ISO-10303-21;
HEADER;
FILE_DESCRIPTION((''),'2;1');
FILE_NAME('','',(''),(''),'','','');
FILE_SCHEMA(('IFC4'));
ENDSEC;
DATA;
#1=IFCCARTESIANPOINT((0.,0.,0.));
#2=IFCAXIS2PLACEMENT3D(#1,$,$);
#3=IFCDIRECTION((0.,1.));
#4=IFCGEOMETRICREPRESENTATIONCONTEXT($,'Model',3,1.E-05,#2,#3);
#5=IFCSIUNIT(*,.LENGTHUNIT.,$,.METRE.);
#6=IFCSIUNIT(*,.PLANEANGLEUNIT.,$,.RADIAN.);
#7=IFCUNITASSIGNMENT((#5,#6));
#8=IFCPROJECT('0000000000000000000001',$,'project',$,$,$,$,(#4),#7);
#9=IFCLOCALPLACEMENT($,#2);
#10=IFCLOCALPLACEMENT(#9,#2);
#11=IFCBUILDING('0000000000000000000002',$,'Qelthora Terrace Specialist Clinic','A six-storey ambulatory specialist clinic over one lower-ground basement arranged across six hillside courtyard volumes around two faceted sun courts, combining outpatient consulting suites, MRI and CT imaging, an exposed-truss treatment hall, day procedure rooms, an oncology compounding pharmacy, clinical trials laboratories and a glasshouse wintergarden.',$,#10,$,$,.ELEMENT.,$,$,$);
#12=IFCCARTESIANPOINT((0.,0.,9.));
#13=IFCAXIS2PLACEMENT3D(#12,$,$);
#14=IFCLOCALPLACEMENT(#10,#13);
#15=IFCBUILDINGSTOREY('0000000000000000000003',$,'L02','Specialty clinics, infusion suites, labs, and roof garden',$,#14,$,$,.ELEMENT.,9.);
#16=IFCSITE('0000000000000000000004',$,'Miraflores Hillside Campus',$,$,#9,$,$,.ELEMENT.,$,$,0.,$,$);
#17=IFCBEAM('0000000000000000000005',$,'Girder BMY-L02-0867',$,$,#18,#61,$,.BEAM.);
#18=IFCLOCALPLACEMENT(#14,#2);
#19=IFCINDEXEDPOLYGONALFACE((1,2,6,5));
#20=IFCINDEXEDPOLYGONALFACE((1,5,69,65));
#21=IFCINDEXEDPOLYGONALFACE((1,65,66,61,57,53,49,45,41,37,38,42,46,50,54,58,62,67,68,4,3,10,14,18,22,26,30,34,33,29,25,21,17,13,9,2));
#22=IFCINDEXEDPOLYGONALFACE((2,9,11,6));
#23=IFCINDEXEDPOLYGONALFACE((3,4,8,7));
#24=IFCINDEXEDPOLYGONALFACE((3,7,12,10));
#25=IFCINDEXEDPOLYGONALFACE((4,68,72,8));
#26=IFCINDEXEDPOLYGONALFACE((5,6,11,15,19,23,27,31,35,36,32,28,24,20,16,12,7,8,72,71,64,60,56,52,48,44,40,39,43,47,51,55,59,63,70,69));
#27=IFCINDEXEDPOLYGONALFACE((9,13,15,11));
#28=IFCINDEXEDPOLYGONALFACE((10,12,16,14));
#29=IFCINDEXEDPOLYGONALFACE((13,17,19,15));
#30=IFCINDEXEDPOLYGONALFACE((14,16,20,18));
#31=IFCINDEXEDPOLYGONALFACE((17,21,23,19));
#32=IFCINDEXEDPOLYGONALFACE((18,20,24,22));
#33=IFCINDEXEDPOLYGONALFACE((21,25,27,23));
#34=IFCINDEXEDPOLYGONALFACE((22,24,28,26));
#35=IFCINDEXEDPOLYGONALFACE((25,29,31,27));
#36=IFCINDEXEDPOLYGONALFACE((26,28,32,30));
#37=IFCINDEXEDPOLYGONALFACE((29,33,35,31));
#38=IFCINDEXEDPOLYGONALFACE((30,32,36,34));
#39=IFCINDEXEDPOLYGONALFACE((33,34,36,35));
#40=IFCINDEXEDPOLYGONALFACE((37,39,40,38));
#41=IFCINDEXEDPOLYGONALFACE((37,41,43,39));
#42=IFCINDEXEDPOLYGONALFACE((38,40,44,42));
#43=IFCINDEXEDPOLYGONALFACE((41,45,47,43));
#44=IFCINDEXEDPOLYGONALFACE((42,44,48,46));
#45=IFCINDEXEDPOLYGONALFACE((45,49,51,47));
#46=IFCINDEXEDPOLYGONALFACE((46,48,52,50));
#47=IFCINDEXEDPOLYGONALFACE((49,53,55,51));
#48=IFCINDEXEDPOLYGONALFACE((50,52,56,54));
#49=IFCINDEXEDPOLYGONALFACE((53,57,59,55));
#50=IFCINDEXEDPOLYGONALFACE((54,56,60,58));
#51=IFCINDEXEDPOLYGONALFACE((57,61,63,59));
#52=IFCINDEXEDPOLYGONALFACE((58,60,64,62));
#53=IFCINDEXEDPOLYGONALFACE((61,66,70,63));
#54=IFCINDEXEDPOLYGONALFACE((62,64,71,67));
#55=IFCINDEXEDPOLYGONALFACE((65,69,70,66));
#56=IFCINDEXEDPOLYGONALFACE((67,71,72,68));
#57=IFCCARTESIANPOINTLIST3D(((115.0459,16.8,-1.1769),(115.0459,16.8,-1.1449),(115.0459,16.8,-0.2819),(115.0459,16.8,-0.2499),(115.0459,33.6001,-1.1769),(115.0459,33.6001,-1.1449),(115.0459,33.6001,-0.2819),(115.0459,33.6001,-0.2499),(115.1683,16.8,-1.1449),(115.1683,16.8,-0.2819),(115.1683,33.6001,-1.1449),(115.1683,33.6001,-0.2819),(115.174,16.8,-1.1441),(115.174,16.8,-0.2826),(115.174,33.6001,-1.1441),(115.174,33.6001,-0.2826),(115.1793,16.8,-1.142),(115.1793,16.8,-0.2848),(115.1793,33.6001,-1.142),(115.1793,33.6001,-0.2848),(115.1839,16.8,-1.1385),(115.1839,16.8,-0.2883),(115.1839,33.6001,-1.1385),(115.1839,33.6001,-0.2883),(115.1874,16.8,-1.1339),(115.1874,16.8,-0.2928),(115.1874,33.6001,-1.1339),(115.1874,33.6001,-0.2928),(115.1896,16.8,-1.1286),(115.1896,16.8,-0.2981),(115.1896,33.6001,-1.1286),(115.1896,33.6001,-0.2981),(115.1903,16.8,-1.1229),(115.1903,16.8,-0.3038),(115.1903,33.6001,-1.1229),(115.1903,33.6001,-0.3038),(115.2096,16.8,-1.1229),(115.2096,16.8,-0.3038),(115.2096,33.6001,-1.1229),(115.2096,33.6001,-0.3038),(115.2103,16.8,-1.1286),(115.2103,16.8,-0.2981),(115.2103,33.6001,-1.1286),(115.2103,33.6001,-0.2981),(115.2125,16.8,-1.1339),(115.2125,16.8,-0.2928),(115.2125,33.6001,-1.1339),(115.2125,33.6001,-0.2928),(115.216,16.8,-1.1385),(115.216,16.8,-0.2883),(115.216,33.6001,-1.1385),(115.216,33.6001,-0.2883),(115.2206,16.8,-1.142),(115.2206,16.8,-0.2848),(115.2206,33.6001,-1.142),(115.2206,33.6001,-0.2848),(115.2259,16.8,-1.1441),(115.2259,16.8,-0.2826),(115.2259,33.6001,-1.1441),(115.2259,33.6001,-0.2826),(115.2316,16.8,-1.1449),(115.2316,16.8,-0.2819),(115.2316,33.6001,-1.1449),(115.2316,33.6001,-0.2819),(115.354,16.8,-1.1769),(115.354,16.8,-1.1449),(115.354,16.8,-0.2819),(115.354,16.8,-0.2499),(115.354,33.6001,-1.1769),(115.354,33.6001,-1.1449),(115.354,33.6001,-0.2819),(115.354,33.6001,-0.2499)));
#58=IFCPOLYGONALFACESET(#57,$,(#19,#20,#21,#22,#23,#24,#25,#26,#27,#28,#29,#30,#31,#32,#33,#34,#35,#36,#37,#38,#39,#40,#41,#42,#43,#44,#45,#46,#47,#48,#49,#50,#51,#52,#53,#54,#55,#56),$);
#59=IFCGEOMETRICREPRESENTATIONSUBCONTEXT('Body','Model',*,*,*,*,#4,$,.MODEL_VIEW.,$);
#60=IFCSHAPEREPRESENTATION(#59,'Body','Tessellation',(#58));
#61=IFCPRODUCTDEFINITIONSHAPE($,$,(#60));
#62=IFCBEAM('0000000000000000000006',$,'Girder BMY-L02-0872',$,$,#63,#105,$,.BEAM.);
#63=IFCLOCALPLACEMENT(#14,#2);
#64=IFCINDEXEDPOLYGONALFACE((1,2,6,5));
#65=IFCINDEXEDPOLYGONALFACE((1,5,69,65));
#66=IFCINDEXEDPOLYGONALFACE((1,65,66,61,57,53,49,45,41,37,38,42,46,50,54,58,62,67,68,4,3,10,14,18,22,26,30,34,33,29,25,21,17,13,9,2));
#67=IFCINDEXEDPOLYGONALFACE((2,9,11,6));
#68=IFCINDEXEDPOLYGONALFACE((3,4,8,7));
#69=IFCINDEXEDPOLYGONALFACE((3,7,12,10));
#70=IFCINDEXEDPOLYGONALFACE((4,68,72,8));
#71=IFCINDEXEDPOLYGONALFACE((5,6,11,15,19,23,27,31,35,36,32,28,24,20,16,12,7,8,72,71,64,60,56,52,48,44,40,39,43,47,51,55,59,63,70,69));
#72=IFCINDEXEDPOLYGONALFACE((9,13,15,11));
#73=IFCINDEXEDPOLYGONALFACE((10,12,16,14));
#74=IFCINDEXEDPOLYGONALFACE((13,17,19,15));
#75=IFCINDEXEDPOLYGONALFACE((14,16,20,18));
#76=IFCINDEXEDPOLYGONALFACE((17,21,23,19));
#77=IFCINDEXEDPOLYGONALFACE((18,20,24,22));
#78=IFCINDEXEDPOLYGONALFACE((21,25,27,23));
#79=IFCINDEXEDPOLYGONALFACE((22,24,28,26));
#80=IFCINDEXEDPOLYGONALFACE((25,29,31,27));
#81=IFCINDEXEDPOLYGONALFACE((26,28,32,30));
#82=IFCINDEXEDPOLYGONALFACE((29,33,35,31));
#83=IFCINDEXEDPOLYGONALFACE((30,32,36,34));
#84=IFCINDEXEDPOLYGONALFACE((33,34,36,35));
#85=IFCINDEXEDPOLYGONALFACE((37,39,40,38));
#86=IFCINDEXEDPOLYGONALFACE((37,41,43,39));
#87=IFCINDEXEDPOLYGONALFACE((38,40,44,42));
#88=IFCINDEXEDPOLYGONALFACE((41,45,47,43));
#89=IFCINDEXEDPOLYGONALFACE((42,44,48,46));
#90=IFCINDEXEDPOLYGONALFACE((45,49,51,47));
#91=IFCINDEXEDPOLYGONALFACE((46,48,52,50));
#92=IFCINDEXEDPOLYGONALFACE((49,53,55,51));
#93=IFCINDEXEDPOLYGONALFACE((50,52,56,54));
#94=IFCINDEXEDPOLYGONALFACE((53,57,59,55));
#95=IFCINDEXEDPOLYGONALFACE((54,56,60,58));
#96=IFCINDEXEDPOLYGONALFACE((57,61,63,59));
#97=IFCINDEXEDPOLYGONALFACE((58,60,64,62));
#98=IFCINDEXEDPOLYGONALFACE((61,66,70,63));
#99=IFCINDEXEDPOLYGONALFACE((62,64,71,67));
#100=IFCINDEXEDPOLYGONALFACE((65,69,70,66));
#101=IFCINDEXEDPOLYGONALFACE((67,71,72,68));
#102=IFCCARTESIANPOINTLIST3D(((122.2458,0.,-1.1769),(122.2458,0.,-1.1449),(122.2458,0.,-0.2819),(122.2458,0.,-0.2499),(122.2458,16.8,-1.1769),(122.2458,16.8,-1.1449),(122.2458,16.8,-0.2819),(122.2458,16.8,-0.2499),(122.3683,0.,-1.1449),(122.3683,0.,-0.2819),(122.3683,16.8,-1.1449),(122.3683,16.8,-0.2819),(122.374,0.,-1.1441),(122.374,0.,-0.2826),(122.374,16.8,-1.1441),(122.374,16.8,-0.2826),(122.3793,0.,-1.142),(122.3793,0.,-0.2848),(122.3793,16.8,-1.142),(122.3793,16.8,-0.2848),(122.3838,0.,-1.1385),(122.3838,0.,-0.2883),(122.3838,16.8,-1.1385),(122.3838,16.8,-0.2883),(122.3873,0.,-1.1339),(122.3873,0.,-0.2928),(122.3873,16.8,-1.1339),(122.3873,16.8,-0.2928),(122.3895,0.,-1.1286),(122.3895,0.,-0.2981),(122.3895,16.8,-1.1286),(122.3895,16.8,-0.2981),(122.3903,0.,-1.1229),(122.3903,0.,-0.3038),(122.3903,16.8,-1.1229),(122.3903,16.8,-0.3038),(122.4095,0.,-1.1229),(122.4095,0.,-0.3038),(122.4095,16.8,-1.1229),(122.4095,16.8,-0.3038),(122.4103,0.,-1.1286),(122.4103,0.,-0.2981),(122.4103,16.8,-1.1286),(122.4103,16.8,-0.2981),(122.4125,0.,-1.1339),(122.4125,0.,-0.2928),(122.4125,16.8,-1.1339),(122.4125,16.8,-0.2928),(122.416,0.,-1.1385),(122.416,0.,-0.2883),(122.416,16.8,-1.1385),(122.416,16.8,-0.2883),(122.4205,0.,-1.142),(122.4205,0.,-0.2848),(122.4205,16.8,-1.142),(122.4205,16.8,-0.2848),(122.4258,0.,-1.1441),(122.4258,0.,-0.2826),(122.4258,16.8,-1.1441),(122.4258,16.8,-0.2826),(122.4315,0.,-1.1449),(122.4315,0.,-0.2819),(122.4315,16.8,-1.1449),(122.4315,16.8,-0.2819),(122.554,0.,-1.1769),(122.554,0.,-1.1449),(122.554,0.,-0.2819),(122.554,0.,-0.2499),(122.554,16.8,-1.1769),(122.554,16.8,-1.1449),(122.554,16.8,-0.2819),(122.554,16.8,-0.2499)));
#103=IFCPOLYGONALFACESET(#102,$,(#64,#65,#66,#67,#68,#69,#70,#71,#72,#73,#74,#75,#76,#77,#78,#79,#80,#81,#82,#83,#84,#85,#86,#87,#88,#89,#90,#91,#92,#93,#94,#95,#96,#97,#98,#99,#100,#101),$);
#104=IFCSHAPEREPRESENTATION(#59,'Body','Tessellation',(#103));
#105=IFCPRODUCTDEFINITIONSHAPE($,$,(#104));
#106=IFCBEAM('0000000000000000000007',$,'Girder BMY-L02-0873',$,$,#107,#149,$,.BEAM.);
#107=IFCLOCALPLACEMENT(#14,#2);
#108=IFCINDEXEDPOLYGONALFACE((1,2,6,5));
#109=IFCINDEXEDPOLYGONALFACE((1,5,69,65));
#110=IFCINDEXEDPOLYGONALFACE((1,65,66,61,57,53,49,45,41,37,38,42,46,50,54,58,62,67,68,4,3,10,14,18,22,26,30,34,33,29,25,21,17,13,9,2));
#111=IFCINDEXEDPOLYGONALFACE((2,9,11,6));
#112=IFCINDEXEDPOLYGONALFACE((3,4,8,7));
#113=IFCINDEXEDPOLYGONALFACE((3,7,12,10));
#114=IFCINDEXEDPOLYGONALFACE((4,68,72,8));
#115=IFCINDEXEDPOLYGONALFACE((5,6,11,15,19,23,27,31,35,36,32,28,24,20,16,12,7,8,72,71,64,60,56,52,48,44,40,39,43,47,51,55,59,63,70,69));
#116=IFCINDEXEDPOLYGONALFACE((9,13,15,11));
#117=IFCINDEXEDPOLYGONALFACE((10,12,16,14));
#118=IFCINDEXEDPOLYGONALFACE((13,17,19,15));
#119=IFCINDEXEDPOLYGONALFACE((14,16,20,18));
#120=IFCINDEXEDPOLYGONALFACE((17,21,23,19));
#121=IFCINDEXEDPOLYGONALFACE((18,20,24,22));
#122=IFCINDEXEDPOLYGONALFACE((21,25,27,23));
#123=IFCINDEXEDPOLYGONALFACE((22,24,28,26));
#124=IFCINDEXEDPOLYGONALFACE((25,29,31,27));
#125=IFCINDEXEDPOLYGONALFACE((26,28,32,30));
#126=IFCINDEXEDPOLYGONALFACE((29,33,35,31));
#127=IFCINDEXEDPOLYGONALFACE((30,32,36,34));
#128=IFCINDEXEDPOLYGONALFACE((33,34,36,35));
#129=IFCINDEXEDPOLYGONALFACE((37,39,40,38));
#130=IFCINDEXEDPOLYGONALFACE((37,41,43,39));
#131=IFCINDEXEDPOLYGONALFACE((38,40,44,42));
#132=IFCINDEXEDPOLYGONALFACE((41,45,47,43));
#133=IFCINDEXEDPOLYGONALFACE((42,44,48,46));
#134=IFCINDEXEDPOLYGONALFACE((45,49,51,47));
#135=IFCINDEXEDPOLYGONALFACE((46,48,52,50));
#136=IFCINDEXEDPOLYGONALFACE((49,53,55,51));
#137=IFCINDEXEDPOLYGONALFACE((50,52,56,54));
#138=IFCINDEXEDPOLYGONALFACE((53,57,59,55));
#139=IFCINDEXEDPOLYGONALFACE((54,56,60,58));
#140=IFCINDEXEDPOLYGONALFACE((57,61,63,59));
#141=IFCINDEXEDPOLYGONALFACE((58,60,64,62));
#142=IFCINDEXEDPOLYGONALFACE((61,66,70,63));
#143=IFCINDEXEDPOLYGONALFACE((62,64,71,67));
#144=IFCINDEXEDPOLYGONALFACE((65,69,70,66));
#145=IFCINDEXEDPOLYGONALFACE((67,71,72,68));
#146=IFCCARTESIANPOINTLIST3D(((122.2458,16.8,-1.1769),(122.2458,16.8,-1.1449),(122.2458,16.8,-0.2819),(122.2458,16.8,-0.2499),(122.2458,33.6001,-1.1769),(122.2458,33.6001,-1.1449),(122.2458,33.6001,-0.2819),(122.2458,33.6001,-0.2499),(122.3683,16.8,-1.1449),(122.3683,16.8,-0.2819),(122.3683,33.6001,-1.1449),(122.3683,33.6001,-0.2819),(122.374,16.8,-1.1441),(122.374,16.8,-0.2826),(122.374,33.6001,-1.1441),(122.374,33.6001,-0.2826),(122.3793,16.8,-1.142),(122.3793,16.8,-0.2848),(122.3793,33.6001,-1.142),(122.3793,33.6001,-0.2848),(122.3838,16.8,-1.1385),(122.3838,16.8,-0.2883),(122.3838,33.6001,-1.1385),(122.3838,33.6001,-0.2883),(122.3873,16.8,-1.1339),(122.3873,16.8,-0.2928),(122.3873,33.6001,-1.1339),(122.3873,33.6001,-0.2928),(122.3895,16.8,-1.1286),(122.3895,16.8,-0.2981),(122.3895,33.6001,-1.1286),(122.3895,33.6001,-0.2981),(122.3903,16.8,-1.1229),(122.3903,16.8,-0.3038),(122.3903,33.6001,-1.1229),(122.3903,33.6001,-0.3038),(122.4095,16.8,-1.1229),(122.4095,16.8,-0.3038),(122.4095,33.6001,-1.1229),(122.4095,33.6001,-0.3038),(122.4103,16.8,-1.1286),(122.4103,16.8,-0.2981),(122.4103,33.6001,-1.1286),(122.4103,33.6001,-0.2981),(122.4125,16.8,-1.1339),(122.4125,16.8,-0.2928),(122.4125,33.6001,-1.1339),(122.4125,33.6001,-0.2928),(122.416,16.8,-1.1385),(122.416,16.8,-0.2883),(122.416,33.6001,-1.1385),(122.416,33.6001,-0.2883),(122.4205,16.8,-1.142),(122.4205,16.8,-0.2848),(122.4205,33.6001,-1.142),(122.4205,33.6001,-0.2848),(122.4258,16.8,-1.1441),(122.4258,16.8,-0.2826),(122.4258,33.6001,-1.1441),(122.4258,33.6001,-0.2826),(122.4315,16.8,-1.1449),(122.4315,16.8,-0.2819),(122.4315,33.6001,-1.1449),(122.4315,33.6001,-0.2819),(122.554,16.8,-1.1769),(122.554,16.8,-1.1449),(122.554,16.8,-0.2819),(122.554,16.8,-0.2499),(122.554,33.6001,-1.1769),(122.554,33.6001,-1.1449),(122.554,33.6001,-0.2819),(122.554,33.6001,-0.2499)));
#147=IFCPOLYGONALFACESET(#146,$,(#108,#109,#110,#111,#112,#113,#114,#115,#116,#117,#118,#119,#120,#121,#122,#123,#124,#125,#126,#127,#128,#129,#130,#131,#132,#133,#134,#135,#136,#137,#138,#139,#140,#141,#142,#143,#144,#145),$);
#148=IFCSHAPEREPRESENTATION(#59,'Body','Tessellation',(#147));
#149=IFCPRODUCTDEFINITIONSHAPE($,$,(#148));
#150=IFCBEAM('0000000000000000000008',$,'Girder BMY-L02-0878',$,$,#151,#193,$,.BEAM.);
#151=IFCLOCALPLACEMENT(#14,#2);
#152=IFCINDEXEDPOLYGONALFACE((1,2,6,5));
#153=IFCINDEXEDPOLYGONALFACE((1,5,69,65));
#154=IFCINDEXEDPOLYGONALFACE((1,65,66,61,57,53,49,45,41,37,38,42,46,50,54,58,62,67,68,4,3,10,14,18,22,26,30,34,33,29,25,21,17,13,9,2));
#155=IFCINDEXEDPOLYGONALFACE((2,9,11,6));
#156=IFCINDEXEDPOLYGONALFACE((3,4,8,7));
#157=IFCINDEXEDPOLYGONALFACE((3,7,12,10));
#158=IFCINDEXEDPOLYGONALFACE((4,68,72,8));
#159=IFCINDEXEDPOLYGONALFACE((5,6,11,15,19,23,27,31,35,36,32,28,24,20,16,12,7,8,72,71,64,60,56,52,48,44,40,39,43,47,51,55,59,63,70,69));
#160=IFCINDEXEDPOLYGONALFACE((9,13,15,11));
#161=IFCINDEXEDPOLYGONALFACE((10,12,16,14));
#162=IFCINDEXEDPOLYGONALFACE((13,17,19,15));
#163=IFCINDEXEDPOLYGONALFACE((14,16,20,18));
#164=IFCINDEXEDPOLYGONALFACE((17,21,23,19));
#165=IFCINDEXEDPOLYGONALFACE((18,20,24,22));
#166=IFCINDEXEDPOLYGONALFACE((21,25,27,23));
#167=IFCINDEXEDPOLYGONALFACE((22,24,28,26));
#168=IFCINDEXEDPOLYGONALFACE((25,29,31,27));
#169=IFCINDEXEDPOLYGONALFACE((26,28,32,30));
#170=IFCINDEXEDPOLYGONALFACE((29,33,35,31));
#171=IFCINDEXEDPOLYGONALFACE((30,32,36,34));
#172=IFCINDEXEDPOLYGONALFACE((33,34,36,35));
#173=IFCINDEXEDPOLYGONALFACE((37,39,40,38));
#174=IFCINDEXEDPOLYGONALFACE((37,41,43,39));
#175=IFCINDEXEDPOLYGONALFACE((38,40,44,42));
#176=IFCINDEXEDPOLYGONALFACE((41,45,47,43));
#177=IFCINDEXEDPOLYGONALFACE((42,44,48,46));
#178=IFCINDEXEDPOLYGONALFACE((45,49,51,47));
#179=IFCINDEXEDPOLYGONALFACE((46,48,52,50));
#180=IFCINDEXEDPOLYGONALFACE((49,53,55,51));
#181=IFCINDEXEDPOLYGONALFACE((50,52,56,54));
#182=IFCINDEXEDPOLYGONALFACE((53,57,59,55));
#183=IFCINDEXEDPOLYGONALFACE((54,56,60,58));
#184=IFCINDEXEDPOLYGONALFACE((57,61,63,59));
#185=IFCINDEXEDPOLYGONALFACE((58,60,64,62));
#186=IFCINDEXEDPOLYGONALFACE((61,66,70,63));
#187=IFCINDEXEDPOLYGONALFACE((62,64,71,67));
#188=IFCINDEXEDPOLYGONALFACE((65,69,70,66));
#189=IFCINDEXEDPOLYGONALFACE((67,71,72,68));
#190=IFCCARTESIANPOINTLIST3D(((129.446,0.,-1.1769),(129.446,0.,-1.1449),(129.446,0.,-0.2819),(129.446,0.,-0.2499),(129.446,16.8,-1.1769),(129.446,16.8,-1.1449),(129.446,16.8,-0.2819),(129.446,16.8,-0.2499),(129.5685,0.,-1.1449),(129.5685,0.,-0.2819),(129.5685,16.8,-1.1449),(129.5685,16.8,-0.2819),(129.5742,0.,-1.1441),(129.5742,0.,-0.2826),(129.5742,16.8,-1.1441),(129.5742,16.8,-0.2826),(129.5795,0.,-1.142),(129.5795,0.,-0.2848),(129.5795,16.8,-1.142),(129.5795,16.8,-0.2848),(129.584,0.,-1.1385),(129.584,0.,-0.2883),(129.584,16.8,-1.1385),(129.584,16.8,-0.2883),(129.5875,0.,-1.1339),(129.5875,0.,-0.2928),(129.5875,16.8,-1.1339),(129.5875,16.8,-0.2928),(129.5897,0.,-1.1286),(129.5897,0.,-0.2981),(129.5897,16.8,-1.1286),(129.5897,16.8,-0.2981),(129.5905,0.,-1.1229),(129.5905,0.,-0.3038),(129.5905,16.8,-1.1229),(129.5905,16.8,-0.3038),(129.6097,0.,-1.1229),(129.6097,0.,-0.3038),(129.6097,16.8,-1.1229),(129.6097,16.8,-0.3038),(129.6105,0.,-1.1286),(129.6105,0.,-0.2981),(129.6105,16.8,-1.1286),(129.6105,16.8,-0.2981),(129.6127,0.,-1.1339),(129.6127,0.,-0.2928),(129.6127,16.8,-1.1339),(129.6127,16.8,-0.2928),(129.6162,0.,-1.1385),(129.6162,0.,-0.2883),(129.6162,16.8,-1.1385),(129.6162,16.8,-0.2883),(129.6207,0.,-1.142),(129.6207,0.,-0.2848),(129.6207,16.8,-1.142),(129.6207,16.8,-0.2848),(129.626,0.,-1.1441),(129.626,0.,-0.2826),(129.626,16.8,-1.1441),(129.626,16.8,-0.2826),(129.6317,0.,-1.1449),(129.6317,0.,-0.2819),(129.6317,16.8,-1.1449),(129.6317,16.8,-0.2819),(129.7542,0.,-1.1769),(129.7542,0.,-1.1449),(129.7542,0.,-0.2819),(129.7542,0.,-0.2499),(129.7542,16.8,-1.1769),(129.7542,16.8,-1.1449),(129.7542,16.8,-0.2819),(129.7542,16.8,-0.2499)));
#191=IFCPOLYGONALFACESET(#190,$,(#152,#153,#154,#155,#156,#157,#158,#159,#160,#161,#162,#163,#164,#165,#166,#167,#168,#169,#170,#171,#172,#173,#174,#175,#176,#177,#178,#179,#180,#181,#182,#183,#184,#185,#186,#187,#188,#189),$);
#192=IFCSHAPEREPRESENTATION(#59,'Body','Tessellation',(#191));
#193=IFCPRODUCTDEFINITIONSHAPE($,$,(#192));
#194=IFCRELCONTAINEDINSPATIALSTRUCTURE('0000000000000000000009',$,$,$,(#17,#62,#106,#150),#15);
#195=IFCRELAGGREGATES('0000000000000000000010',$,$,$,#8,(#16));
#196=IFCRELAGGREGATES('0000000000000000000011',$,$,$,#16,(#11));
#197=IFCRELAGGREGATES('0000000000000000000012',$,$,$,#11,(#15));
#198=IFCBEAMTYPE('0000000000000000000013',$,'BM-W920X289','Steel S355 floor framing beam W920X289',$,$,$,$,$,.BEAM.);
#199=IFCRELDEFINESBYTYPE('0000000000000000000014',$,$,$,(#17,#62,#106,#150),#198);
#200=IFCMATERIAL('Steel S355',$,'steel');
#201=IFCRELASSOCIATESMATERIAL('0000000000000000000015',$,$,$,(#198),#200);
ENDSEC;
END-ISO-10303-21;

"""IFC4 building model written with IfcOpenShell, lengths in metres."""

from ifc_helpers import new_model, si_unit, direction, frame, origin, origin_2d, place, context, subcontext, project, spatial, i_section, extrude, material, material_profile, profile_set, type_object, element, save


model = new_model("IFC4")

# Units and contexts
model_context = context("Model", 3, precision=1e-05, world=origin(), true_north=direction((0.0, 1.0)))
body_context = subcontext(model_context, "Body", "Model", "MODEL_VIEW")
ifc_project = project(units=[si_unit("LENGTHUNIT", "METRE"), si_unit("PLANEANGLEUNIT", "RADIAN")], contexts=[model_context])

# Site, building, storey
site_placement = place(None, origin())
site = spatial("IfcSite", under=ifc_project, at=site_placement, Name="Miraflores Hillside Campus", CompositionType="ELEMENT", RefElevation=0.0)
building_placement = place(site_placement, origin())
building = spatial("IfcBuilding", under=site, at=building_placement, Name="Qelthora Terrace Specialist Clinic", Description="A six-storey ambulatory specialist clinic over one lower-ground basement arranged across six hillside courtyard volumes around two faceted sun courts, combining outpatient consulting suites, MRI and CT imaging, an exposed-truss treatment hall, day procedure rooms, an oncology compounding pharmacy, clinical trials laboratories and a glasshouse wintergarden.", CompositionType="ELEMENT")
storey_placement = place(building_placement, frame((0.0, 0.0, 9.0)))
storey = spatial("IfcBuildingStorey", under=building, at=storey_placement, Name="L02", Description="Specialty clinics, infusion suites, labs, and roof garden", CompositionType="ELEMENT", Elevation=9.0)

# Beams
ifc_material_1 = material(Name="Steel S355", Category="steel")
ifc_material_profile_1 = material_profile(ifc_material_1, i_section(OverallWidth=0.3081, OverallDepth=0.927, WebThickness=0.0193, FlangeThickness=0.032, FilletRadius=0.022, at=origin_2d()), Name="W920X289")
ifc_profile_set_1 = profile_set([ifc_material_profile_1], Name="Steel S355")
beam_type_1 = type_object("IfcBeamType", Name="BM-W920X289", Description="Steel S355 floor framing beam W920X289", PredefinedType="BEAM", material=ifc_profile_set_1)
for number, where, z_axis, x_axis, name in (
    (1, (115.2, 16.8, -0.7134), (0.0, 1.0, 0.0), (-1.0, 0.0, 0.0), "Girder BMY-L02-0867"),
    (2, (122.3999, 0.0, -0.7134), (0.0, 1.0, 0.0), (-1.0, 0.0, 0.0), "Girder BMY-L02-0872"),
    (3, (122.3999, 16.8, -0.7134), (0.0, 1.0, 0.0), (-1.0, 0.0, 0.0), "Girder BMY-L02-0873"),
    (4, (129.6001, 0.0, -0.7134), (0.0, 1.0, 0.0), (-1.0, 0.0, 0.0), "Girder BMY-L02-0878"),
):
    element("IfcBeam", number, at=place(storey_placement, frame(where, z_axis=z_axis, x_axis=x_axis)), inside=storey, type_object=beam_type_1, Name=name, PredefinedType="BEAM", context=body_context, shape_type="SweptSolid", body=[
        extrude(i_section(OverallWidth=0.3081, OverallDepth=0.927, WebThickness=0.0193, FlangeThickness=0.032, FilletRadius=0.022, at=origin_2d()), origin(), (0.0, 0.0, 1.0), 16.8),
    ])

save(model, "model.ifc")
